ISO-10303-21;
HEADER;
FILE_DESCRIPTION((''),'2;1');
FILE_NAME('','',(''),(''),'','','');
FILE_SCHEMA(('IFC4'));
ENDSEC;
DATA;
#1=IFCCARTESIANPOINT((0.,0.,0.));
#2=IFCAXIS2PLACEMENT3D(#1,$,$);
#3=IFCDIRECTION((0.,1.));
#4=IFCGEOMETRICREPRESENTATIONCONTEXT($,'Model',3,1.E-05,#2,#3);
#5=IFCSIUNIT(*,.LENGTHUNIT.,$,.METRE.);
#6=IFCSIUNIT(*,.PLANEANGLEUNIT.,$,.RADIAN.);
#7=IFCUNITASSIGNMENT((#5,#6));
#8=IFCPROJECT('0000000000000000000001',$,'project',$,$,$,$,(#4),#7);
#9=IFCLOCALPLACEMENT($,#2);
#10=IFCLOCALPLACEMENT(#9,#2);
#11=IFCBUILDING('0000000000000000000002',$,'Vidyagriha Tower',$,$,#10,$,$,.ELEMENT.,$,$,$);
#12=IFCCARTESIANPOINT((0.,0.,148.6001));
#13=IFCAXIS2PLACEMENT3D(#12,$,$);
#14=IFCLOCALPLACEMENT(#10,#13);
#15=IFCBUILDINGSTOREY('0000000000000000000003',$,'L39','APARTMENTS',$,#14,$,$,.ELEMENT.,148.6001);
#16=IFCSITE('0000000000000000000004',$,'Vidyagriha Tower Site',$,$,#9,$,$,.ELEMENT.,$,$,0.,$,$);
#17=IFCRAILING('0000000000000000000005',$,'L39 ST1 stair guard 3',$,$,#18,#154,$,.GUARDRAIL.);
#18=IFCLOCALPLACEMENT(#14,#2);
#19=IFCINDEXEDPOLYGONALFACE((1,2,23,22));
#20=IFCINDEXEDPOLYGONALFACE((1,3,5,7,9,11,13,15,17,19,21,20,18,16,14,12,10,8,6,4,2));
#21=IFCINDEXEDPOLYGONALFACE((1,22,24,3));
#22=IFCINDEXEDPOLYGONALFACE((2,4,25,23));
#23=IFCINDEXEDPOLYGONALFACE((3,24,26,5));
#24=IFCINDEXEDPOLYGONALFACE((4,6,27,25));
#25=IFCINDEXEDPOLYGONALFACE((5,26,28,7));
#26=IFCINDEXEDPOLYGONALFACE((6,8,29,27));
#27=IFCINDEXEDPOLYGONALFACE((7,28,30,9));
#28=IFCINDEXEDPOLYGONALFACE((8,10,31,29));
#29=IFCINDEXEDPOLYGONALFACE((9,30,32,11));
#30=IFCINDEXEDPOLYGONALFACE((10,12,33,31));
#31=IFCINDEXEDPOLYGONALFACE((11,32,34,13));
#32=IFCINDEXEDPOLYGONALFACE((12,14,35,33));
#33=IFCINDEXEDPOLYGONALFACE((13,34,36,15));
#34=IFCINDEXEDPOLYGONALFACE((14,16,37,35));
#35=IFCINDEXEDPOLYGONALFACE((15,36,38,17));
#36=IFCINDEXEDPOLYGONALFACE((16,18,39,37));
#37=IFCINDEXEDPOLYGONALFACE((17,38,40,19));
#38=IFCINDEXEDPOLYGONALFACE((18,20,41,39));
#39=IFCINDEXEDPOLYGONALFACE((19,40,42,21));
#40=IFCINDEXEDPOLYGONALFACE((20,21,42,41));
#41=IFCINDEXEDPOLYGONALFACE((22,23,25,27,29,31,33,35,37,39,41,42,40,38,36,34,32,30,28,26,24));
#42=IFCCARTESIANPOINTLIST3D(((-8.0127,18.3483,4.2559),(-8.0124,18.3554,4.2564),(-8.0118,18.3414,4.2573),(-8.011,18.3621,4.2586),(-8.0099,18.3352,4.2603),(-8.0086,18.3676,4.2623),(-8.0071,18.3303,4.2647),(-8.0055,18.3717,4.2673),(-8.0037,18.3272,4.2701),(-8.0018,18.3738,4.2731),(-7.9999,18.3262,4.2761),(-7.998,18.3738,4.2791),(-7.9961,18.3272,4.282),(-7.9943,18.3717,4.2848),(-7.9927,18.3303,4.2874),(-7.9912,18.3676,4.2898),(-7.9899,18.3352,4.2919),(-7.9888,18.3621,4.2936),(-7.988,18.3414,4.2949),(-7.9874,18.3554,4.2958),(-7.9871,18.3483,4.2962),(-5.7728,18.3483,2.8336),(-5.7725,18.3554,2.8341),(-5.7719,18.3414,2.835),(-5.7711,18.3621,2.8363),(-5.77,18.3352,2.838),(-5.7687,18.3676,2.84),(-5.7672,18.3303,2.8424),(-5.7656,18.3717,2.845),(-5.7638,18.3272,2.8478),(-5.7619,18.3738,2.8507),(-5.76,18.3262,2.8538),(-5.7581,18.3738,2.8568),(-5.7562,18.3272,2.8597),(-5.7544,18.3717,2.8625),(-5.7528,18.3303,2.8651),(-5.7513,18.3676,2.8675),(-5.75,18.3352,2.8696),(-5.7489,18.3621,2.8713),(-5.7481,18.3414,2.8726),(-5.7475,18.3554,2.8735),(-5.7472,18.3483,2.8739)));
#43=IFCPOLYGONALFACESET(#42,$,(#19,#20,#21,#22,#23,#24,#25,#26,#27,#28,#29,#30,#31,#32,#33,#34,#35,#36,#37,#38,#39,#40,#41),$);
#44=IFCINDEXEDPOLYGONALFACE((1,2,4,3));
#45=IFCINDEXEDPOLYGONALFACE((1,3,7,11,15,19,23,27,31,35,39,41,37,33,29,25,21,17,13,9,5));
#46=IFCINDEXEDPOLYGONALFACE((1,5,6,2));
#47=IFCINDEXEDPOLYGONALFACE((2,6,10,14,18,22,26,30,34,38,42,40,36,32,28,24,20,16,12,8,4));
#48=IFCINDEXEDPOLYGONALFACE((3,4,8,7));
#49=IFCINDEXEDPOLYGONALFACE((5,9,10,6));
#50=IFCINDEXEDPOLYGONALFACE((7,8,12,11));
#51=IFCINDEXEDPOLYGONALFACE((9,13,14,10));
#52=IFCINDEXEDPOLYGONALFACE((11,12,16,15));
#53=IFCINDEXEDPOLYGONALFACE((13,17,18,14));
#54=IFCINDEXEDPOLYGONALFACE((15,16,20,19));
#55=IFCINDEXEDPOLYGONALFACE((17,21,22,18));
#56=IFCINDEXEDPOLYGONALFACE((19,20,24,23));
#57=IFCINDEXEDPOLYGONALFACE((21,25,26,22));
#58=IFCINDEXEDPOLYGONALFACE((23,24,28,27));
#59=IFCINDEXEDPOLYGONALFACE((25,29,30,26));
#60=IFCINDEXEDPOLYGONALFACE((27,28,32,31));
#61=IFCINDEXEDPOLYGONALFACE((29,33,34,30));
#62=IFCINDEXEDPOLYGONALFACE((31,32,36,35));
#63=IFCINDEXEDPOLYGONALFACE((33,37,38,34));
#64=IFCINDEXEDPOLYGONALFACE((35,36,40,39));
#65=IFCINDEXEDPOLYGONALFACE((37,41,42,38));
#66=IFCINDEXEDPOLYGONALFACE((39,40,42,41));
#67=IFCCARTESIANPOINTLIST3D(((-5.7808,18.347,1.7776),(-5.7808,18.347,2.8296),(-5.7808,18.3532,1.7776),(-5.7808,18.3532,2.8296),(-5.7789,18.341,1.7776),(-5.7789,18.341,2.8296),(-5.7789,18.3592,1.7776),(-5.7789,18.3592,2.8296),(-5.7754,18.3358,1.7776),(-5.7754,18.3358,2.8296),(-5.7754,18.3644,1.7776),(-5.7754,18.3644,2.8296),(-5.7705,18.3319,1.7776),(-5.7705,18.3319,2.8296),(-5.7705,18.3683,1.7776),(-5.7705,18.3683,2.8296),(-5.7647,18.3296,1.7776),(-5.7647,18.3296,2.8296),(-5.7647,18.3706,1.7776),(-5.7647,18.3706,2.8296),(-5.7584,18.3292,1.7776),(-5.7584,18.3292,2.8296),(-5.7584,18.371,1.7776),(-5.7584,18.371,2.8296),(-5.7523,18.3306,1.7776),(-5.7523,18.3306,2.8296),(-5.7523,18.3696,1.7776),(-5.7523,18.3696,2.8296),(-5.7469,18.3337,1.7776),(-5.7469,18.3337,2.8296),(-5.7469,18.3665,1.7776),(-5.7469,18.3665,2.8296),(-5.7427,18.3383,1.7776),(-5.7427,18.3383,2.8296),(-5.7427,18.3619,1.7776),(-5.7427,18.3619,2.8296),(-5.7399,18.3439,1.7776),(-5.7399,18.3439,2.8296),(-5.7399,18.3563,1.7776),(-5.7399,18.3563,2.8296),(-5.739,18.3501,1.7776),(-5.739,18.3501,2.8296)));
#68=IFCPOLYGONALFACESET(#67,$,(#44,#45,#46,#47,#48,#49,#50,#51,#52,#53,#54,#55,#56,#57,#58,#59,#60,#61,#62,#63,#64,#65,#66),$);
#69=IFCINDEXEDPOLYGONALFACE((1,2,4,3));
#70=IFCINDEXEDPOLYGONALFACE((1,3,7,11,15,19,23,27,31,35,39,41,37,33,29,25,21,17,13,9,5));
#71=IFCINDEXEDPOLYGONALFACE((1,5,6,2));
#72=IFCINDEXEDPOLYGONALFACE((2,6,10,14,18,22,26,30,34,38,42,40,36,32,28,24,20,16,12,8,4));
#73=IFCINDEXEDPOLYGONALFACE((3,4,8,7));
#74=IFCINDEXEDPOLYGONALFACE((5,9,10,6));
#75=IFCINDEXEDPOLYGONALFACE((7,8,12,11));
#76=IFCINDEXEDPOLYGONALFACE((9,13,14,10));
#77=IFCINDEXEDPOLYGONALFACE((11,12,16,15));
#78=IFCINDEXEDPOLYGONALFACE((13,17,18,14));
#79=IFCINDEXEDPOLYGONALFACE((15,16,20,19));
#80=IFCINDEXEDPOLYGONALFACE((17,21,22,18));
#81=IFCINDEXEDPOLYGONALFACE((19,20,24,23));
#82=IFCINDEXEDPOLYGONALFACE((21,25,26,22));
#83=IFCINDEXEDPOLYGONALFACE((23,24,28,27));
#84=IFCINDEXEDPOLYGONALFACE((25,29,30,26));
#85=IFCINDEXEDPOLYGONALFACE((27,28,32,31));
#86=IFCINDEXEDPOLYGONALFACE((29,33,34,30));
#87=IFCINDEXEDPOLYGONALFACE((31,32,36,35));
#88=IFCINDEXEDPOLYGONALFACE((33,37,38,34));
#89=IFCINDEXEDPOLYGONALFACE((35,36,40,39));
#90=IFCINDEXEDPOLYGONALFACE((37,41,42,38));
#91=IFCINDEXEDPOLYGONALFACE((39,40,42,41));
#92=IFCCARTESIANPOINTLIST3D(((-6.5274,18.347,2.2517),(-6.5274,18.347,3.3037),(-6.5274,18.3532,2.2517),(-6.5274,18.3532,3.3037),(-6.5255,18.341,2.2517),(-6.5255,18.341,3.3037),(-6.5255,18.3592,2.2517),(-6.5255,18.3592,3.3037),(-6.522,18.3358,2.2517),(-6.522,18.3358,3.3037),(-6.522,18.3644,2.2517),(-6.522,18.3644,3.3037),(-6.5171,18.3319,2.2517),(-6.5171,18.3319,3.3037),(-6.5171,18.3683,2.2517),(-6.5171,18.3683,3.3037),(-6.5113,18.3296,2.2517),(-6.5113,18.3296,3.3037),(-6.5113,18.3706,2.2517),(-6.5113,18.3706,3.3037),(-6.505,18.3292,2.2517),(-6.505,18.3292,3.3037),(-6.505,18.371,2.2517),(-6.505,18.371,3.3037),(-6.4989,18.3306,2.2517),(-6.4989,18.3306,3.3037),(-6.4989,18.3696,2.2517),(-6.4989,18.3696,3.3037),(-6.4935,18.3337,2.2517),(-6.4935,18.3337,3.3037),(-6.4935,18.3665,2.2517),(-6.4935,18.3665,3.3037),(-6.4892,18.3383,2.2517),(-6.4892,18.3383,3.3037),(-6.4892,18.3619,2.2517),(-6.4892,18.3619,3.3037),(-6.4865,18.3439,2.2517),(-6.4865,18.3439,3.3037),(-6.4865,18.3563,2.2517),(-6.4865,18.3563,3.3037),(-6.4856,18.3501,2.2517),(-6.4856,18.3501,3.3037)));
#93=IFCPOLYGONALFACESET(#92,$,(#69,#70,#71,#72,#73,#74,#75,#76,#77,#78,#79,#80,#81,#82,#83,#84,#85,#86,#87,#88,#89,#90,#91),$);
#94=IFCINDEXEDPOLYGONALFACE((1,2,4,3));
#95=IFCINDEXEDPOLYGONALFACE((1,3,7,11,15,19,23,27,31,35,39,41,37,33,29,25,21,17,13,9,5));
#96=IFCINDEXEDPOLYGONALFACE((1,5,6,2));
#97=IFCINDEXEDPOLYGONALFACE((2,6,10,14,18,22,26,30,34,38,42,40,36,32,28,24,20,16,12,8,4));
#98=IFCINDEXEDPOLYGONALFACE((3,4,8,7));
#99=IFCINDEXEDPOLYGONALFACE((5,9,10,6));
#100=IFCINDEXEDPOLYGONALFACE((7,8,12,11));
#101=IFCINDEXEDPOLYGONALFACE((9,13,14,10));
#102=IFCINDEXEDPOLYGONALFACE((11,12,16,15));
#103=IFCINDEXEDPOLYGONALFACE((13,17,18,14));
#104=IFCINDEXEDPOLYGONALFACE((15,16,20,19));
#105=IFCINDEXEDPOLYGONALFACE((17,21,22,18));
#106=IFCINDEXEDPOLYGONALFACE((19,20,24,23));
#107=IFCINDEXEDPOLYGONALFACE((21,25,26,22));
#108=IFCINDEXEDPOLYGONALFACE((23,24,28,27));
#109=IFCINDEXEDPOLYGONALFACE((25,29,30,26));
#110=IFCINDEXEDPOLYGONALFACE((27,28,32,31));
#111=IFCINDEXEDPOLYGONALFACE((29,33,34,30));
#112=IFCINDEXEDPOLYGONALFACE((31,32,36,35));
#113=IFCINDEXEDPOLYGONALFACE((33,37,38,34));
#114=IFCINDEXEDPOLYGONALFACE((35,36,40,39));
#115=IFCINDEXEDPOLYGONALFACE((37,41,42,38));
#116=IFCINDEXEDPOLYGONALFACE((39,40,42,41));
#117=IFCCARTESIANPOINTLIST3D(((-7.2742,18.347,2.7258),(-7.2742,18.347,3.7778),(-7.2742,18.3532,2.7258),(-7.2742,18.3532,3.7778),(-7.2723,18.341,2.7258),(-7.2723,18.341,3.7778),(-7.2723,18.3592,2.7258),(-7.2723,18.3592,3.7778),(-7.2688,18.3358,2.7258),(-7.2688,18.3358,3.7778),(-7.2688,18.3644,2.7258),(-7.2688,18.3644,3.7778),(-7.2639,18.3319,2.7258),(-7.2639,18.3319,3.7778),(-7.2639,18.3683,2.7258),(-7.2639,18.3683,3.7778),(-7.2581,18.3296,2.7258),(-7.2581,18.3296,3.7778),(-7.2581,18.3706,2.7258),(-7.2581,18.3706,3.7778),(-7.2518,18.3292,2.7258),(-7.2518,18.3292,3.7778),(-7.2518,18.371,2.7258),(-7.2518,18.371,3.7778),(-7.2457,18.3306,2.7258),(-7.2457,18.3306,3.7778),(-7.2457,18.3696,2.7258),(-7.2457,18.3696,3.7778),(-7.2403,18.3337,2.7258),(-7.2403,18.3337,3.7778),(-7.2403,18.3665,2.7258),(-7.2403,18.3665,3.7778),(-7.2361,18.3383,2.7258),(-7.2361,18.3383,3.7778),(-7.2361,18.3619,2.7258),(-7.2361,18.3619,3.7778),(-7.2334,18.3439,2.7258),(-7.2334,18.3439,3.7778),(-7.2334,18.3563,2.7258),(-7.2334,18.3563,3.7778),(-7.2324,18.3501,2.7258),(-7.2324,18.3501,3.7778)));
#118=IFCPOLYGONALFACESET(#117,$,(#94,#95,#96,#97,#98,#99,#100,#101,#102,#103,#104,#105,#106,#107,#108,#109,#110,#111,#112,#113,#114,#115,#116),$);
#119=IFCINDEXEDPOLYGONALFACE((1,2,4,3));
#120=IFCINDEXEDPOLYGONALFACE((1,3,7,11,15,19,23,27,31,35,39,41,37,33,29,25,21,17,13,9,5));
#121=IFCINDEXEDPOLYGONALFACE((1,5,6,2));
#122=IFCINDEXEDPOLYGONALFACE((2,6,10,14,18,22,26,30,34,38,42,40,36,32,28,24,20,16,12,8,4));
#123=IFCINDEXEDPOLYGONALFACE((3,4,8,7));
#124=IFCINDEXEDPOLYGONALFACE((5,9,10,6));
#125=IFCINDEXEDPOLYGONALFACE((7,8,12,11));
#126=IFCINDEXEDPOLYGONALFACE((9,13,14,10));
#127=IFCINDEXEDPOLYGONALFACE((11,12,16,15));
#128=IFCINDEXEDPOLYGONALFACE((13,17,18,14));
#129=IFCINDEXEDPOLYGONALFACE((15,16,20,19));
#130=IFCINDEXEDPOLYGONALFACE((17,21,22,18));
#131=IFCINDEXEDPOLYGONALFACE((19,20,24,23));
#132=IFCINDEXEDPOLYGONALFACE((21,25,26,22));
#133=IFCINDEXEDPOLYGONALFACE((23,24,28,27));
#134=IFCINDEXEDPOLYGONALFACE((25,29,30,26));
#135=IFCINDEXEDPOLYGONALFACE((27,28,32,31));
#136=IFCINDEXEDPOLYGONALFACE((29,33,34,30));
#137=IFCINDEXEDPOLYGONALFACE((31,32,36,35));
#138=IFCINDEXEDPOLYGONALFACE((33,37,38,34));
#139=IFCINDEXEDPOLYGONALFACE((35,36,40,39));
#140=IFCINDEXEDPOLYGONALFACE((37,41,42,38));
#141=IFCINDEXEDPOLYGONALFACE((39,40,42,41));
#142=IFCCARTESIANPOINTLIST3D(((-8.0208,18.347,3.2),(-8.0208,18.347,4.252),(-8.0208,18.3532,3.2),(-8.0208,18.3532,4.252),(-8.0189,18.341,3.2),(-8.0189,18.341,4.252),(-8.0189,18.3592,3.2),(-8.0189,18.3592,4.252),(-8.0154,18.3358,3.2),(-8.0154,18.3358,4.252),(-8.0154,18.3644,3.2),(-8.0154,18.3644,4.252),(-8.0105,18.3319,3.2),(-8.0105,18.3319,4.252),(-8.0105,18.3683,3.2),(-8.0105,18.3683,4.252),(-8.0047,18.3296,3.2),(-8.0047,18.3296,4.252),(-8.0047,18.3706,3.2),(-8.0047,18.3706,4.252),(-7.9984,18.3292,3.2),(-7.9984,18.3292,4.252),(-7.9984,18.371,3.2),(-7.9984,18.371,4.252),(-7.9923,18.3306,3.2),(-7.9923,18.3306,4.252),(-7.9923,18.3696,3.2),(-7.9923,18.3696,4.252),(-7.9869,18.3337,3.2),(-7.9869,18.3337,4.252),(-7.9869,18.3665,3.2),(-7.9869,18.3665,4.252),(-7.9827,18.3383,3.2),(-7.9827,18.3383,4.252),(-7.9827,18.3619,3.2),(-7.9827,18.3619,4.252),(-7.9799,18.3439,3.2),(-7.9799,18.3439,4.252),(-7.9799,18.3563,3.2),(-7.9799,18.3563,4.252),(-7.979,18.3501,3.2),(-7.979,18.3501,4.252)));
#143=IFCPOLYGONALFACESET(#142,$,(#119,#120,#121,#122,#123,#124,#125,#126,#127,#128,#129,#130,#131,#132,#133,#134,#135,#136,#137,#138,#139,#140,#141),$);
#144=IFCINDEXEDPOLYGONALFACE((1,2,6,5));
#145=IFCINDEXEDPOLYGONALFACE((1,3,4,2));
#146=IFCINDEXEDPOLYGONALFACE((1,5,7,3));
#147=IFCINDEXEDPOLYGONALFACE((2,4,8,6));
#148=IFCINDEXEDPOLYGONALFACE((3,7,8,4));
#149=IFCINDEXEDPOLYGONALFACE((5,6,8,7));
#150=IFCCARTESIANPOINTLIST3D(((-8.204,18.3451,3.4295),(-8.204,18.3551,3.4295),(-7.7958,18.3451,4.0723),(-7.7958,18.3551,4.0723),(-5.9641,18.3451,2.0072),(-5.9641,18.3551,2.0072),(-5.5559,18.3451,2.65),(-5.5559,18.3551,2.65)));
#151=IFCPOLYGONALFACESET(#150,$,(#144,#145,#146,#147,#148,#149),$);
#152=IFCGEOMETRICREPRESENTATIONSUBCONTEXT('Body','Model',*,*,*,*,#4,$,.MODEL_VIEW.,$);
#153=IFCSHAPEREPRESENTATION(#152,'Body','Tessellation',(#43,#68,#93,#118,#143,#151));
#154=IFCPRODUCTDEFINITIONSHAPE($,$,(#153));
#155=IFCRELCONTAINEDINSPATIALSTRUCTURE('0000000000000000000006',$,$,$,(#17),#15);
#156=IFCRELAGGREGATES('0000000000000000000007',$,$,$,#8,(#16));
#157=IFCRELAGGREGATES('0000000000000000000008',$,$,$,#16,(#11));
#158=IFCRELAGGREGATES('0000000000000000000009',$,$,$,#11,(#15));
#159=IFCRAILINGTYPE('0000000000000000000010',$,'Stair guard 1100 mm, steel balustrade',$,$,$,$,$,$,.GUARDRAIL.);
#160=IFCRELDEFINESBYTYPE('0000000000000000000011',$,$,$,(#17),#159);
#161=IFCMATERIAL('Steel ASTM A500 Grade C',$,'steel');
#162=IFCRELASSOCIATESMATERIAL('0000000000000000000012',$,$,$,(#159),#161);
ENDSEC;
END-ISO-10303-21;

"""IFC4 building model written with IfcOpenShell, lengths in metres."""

from ifc_helpers import new_model, si_unit, direction, frame, origin, origin_2d, place, context, subcontext, project, spatial, rectangle, circle, extrude, material, type_object, element, save


model = new_model("IFC4")

# Units and contexts
model_context = context("Model", 3, precision=1e-05, world=origin(), true_north=direction((0.0, 1.0)))
body_context = subcontext(model_context, "Body", "Model", "MODEL_VIEW")
ifc_project = project(units=[si_unit("LENGTHUNIT", "METRE"), si_unit("PLANEANGLEUNIT", "RADIAN")], contexts=[model_context])

# Site, building, storey
site_placement = place(None, origin())
site = spatial("IfcSite", under=ifc_project, at=site_placement, Name="Vidyagriha Tower Site", CompositionType="ELEMENT", RefElevation=0.0)
building_placement = place(site_placement, origin())
building = spatial("IfcBuilding", under=site, at=building_placement, Name="Vidyagriha Tower", CompositionType="ELEMENT")
storey_placement = place(building_placement, frame((0.0, 0.0, 148.6001)))
storey = spatial("IfcBuildingStorey", under=building, at=storey_placement, Name="L39", Description="APARTMENTS", CompositionType="ELEMENT", Elevation=148.6001)

# Railing
ifc_material_1 = material(Name="Steel ASTM A500 Grade C", Category="steel")
railing_type_1 = type_object("IfcRailingType", Name="Stair guard 1100 mm, steel balustrade", PredefinedType="GUARDRAIL", material=ifc_material_1)
railing_1_placement = place(storey_placement, frame((-5.76, 18.3501, 1.7776)))
element("IfcRailing", 1, at=railing_1_placement, inside=storey, type_object=railing_type_1, Name="L39 ST1 stair guard 3", PredefinedType="GUARDRAIL", context=body_context, shape_type="SweptSolid", body=[
    extrude(circle(Radius=0.0239, at=origin_2d()), frame((0.0, 0.0, 1.0762), z_axis=(-0.844188, 0.0, 0.536048), x_axis=(0.0, -1.0, 0.0)), (0.0, 0.0, 1.0), 2.6533),
    extrude(circle(Radius=0.021, at=origin_2d()), origin(), (0.0, 0.0, 1.0), 1.052),
    extrude(circle(Radius=0.021, at=origin_2d()), frame((-0.7466, 0.0, 0.4741)), (0.0, 0.0, 1.0), 1.052),
    extrude(circle(Radius=0.021, at=origin_2d()), frame((-1.4934, 0.0, 0.9482)), (0.0, 0.0, 1.0), 1.052),
    extrude(circle(Radius=0.021, at=origin_2d()), frame((-2.24, 0.0, 1.4224)), (0.0, 0.0, 1.0), 1.052),
    extrude(rectangle(XDim=0.01, YDim=0.7615, at=origin_2d()), frame((0.0, 0.0, 0.551), z_axis=(-0.844188, 0.0, 0.536048), x_axis=(0.0, -1.0, 0.0)), (0.0, 0.0, 1.0), 2.6533),
])

save(model, "model.ifc")
